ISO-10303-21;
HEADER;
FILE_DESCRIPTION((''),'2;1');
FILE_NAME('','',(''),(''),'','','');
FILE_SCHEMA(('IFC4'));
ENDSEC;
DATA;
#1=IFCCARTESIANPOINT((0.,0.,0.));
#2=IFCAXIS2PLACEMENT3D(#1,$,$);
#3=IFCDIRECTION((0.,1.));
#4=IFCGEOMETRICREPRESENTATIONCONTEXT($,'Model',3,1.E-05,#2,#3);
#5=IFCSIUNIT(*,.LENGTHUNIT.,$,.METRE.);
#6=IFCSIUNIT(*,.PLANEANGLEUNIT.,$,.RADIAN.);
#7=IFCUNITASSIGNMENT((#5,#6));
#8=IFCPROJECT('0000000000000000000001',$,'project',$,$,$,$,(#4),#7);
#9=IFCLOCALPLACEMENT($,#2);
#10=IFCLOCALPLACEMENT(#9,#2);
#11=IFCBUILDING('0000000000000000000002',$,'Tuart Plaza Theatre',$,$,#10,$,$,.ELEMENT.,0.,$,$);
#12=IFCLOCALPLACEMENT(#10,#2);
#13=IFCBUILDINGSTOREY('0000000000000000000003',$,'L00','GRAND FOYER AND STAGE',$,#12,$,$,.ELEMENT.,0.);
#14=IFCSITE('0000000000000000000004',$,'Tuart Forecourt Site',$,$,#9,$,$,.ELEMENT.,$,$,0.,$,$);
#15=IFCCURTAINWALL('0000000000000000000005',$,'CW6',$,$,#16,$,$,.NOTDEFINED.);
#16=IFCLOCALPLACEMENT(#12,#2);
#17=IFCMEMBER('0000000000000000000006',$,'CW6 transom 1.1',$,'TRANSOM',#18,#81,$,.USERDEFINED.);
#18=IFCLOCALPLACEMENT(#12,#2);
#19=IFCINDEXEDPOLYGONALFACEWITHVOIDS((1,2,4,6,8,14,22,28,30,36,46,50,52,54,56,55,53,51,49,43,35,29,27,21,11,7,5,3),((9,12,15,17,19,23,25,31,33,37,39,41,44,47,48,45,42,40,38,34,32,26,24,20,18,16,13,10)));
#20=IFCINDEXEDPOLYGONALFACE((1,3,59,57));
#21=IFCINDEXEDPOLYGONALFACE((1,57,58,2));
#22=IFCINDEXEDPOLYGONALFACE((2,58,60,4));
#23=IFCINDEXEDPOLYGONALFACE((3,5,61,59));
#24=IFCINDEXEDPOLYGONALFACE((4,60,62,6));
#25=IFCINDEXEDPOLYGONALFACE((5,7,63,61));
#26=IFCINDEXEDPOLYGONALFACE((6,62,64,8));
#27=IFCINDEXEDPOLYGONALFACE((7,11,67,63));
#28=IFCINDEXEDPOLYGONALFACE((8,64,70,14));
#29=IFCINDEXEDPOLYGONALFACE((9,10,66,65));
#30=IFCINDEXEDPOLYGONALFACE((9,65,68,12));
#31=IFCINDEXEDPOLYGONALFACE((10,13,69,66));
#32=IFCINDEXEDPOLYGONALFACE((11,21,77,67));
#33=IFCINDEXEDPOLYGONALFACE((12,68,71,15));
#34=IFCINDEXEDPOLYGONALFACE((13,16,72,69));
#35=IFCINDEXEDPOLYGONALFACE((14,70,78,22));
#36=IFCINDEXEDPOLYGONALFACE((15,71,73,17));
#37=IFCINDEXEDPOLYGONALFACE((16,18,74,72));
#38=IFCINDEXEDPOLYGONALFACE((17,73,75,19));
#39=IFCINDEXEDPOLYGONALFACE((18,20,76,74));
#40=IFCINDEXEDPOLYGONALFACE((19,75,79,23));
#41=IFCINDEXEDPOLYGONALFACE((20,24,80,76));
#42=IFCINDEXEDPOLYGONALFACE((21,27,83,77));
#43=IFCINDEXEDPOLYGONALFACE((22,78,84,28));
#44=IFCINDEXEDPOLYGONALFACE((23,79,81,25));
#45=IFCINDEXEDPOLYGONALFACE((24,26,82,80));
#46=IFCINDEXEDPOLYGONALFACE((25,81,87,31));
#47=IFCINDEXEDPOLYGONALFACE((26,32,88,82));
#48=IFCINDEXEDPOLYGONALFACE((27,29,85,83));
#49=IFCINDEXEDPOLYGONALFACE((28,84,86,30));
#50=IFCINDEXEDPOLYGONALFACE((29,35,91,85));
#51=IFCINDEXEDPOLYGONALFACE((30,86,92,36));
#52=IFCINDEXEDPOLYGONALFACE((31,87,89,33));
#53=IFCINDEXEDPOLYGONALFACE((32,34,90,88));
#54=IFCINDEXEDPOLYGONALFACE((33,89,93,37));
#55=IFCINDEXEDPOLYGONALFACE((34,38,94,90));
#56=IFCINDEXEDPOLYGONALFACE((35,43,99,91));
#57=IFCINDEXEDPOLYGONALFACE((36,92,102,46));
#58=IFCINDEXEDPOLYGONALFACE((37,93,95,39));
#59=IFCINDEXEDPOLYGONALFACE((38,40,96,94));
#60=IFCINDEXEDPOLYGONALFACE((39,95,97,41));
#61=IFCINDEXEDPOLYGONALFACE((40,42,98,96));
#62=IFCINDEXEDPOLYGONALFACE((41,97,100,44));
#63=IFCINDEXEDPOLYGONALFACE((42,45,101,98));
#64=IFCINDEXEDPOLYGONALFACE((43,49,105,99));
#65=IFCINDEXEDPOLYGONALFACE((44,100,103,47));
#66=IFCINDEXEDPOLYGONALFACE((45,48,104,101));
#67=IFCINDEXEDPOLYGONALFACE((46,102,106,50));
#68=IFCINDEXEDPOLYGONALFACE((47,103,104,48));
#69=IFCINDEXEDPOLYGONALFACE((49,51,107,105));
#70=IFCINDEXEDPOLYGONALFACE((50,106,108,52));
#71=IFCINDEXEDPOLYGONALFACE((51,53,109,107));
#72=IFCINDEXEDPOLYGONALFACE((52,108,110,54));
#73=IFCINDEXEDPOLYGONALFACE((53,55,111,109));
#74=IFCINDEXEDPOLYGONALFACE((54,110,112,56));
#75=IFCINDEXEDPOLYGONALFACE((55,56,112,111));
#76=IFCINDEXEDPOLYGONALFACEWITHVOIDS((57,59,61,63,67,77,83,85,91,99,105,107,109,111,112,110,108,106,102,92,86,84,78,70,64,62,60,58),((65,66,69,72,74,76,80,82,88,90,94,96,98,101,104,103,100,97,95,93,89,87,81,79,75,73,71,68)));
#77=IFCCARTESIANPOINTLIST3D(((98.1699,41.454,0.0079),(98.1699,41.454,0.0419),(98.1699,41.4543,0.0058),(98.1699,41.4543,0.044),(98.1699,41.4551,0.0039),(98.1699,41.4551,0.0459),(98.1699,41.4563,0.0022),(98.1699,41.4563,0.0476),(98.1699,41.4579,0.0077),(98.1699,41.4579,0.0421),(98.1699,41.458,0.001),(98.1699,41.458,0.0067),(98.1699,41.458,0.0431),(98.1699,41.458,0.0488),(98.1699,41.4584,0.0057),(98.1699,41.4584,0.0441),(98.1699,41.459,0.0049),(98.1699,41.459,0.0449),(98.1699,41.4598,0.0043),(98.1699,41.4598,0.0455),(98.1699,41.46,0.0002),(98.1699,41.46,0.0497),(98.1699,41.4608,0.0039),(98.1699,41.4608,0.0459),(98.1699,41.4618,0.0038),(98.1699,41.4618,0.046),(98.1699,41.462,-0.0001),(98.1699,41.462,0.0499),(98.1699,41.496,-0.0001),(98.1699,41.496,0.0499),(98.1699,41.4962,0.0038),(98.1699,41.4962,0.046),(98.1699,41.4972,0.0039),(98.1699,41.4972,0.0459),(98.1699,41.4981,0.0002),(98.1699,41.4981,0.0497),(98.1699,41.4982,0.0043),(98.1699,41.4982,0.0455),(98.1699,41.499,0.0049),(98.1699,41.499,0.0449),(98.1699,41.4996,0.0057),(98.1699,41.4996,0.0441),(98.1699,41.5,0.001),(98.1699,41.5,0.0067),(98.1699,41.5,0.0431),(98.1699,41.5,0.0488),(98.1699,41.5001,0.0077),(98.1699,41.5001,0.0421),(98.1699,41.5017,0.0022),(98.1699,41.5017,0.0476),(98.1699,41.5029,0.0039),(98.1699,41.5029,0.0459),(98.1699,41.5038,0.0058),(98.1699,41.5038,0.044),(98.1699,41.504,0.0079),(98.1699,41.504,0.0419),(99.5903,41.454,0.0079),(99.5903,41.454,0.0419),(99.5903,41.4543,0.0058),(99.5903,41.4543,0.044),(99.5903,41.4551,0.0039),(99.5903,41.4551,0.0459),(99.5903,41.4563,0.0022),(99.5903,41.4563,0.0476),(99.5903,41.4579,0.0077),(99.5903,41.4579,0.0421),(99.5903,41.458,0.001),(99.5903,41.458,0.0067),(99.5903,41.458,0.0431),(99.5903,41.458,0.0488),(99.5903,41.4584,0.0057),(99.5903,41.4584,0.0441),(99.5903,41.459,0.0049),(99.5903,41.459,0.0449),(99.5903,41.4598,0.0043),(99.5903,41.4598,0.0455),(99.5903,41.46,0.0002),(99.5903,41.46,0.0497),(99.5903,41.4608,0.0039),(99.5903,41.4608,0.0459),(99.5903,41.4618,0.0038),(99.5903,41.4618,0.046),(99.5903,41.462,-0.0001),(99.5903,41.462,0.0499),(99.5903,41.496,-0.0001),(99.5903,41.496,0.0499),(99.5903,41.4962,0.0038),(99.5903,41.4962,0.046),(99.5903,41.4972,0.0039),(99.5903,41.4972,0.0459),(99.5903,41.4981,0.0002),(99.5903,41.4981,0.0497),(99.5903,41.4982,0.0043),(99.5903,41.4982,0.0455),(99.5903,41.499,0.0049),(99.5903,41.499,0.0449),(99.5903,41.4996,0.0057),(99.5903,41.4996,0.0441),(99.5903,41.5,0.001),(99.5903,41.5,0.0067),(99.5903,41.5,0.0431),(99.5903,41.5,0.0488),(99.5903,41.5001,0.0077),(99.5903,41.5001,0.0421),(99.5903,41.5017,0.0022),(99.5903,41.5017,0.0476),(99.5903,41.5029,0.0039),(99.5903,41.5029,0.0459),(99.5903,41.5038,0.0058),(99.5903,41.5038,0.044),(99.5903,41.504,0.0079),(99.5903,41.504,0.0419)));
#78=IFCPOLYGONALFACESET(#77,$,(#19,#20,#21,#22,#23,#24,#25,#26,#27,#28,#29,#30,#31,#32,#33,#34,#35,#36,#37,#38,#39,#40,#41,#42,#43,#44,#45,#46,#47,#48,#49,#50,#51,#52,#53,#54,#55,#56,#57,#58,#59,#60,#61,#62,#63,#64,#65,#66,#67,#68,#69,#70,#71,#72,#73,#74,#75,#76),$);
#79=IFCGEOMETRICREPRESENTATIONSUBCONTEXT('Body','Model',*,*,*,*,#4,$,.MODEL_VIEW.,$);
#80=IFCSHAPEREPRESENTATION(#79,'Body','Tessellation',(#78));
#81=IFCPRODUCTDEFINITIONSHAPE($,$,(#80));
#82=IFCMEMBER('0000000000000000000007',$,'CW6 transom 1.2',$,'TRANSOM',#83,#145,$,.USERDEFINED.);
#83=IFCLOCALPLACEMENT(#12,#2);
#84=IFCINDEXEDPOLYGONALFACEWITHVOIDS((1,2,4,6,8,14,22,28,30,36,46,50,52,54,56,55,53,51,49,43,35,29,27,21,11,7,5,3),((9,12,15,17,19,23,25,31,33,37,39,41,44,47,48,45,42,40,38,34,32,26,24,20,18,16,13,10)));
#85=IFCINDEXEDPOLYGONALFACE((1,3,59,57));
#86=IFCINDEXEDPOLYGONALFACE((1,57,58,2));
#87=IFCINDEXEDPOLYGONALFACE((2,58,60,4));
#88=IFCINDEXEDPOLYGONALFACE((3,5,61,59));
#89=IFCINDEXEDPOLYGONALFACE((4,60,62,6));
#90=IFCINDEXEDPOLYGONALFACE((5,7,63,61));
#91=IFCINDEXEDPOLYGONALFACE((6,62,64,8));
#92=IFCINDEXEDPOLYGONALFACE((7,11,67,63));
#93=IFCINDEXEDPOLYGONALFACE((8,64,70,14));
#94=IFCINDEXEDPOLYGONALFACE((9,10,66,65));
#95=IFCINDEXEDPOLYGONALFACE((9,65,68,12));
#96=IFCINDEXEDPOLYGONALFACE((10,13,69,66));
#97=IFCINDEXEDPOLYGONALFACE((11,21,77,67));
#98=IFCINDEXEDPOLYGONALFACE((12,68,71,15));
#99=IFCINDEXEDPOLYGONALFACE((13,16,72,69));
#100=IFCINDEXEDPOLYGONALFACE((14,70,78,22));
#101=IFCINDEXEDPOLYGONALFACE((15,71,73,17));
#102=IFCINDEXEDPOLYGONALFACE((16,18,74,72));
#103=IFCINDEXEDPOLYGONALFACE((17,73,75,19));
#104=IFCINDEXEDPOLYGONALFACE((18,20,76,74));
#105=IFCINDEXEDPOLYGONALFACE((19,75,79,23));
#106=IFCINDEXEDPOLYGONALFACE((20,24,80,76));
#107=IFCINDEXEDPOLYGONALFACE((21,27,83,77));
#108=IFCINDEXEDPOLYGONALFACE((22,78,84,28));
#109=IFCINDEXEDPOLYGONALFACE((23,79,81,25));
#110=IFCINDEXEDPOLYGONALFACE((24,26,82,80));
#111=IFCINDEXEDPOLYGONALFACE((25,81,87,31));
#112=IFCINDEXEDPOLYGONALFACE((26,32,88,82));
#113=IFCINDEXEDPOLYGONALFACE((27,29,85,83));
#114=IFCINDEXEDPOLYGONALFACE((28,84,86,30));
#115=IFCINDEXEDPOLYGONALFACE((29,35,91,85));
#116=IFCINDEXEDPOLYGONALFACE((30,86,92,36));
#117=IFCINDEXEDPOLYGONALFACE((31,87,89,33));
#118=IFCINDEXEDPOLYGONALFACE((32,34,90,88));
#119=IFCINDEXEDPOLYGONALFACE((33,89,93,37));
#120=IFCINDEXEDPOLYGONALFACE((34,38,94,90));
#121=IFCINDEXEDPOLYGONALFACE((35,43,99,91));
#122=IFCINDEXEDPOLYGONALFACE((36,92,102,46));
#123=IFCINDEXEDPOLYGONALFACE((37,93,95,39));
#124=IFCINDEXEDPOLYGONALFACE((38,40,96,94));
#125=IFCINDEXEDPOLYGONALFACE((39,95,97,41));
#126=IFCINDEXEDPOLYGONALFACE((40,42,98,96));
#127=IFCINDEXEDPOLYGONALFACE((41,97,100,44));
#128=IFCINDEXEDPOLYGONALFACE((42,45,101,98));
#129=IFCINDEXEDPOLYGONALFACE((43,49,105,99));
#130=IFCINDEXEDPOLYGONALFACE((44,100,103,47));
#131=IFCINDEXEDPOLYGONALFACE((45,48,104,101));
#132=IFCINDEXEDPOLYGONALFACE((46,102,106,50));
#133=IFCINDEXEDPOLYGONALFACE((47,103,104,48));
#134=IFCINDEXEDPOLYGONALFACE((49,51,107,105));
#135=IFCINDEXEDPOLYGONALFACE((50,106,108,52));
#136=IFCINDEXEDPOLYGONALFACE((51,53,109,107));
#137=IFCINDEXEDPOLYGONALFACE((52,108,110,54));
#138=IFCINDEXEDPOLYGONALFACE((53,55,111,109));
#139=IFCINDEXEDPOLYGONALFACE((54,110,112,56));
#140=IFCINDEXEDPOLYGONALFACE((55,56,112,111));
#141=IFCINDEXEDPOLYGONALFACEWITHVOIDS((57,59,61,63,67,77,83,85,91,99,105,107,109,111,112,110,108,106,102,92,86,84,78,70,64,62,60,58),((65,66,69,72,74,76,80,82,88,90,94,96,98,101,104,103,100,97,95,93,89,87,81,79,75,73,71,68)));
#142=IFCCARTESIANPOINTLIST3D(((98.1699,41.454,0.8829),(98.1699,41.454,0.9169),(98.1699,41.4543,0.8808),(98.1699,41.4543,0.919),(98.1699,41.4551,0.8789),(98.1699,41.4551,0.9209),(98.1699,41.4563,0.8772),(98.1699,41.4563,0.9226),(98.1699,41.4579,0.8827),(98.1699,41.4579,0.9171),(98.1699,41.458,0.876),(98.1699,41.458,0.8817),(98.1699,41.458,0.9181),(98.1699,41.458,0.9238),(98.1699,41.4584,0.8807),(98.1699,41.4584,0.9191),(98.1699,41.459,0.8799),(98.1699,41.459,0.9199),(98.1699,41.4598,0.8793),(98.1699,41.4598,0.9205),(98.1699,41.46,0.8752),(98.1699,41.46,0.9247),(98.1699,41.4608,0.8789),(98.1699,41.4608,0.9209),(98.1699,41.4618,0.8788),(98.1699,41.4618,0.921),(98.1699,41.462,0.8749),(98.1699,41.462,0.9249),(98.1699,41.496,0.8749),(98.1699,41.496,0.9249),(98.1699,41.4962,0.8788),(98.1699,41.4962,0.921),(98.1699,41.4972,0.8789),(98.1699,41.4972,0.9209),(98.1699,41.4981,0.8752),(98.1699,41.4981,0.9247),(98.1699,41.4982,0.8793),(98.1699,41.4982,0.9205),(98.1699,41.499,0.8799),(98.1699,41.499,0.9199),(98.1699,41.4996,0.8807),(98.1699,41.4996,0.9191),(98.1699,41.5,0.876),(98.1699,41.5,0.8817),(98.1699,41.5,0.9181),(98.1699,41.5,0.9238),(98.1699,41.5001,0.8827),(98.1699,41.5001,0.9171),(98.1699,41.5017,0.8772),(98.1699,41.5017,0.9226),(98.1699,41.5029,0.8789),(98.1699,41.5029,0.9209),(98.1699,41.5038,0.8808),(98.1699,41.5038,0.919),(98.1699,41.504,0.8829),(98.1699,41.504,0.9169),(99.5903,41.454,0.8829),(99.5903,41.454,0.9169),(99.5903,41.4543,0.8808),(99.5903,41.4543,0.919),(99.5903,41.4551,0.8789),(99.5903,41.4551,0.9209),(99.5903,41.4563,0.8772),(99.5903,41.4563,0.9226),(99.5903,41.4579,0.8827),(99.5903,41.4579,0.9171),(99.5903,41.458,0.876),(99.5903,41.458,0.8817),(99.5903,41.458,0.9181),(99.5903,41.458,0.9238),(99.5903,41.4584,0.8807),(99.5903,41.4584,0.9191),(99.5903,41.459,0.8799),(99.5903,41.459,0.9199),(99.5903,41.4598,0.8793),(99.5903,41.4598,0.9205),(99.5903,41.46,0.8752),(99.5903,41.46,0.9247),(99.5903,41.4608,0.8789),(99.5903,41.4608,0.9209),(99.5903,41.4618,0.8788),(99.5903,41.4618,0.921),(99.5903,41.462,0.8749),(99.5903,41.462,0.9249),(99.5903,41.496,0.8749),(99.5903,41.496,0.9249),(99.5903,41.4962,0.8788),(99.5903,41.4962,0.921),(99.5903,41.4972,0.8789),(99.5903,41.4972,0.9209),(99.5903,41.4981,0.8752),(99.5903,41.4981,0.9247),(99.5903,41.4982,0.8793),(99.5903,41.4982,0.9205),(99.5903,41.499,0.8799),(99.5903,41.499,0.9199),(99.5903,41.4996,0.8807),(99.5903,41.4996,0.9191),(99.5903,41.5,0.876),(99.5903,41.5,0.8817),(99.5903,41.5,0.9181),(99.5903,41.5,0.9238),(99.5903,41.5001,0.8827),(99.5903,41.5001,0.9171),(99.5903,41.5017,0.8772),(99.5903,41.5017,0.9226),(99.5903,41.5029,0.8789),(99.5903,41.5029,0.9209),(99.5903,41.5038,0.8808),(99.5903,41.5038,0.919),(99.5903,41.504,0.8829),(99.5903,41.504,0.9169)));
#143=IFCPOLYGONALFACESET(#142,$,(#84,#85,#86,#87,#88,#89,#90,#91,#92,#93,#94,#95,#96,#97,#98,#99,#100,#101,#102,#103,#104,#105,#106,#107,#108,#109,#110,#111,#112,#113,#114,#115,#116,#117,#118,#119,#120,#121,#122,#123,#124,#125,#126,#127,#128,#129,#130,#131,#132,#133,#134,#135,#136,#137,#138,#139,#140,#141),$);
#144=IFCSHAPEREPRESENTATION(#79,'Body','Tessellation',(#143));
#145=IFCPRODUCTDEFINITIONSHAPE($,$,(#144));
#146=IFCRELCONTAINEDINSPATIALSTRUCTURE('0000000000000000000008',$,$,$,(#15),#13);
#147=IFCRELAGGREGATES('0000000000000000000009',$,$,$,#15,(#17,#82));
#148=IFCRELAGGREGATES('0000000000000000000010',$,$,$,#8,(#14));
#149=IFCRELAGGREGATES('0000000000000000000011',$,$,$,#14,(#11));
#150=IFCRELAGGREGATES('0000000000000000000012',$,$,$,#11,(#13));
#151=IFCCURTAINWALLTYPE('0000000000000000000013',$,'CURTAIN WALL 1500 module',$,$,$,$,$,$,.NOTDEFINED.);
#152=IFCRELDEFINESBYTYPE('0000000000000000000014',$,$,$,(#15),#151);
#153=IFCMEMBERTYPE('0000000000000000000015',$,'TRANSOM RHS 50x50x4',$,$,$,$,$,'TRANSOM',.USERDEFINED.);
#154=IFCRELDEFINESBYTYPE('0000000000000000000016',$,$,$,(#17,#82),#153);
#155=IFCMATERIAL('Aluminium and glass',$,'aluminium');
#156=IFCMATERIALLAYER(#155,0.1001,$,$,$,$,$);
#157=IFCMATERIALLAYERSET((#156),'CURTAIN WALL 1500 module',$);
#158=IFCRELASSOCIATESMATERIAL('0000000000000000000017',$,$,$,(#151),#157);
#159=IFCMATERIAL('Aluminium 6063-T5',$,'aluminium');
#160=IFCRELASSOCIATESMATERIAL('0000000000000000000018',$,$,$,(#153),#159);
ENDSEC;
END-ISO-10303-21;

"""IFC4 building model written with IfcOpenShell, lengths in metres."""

from ifc_helpers import new_model, si_unit, direction, frame, origin, origin_2d, place, context, subcontext, project, spatial, hollow_rectangle, extrude, material, layer, layer_set, material_profile, profile_set, type_object, element, aggregate, save


model = new_model("IFC4")

# Units and contexts
model_context = context("Model", 3, precision=1e-05, world=origin(), true_north=direction((0.0, 1.0)))
body_context = subcontext(model_context, "Body", "Model", "MODEL_VIEW")
ifc_project = project(units=[si_unit("LENGTHUNIT", "METRE"), si_unit("PLANEANGLEUNIT", "RADIAN")], contexts=[model_context])

# Site, building, storey
site_placement = place(None, origin())
site = spatial("IfcSite", under=ifc_project, at=site_placement, Name="Tuart Forecourt Site", CompositionType="ELEMENT", RefElevation=0.0)
building_placement = place(site_placement, origin())
building = spatial("IfcBuilding", under=site, at=building_placement, Name="Tuart Plaza Theatre", CompositionType="ELEMENT", ElevationOfRefHeight=0.0)
storey_placement = place(building_placement, origin())
storey = spatial("IfcBuildingStorey", under=building, at=storey_placement, Name="L00", Description="GRAND FOYER AND STAGE", CompositionType="ELEMENT", Elevation=0.0)

# Curtain wall, members
ifc_material_1 = material(Name="Aluminium and glass", Category="aluminium")
ifc_layer_1 = layer(ifc_material_1, 0.1001)
ifc_layer_set_1 = layer_set([ifc_layer_1], Name="CURTAIN WALL 1500 module")
curtain_wall_type = type_object("IfcCurtainWallType", Name="CURTAIN WALL 1500 module", PredefinedType="NOTDEFINED", material=ifc_layer_set_1)
curtain_wall_placement = place(storey_placement, origin())
curtain_wall = element("IfcCurtainWall", 1, at=curtain_wall_placement, inside=storey, type_object=curtain_wall_type, Name="CW6", PredefinedType="NOTDEFINED")
ifc_material_2 = material(Name="Aluminium 6063-T5", Category="aluminium")
ifc_material_profile_1 = material_profile(ifc_material_2, hollow_rectangle(XDim=0.05, YDim=0.05, WallThickness=0.0039, InnerFilletRadius=0.0039, OuterFilletRadius=0.0081, at=origin_2d()), Name="RHS 50x50x4")
ifc_profile_set_1 = profile_set([ifc_material_profile_1], Name="Aluminium 6063-T5")
member_type_1 = type_object("IfcMemberType", Name="TRANSOM RHS 50x50x4", ElementType="TRANSOM", PredefinedType="USERDEFINED", material=ifc_profile_set_1)
member_1_placement = place(storey_placement, frame((98.1699, 41.479, 0.0249), z_axis=(1.0, 0.0, 0.0), x_axis=(0.0, 1.0, 0.0)))
member_1 = element("IfcMember", 2, at=member_1_placement, type_object=member_type_1, Name="CW6 transom 1.1", ObjectType="TRANSOM", PredefinedType="USERDEFINED", context=body_context, shape_type="SweptSolid", body=[
    extrude(hollow_rectangle(XDim=0.05, YDim=0.05, WallThickness=0.0039, InnerFilletRadius=0.0039, OuterFilletRadius=0.0081, at=origin_2d()), origin(), (0.0, 0.0, 1.0), 1.4204),
])
member_2_placement = place(storey_placement, frame((98.1699, 41.479, 0.8999), z_axis=(1.0, 0.0, 0.0), x_axis=(0.0, 1.0, 0.0)))
member_2 = element("IfcMember", 3, at=member_2_placement, type_object=member_type_1, Name="CW6 transom 1.2", ObjectType="TRANSOM", PredefinedType="USERDEFINED", context=body_context, shape_type="SweptSolid", body=[
    extrude(hollow_rectangle(XDim=0.05, YDim=0.05, WallThickness=0.0039, InnerFilletRadius=0.0039, OuterFilletRadius=0.0081, at=origin_2d()), origin(), (0.0, 0.0, 1.0), 1.4204),
])
aggregate(curtain_wall, [member_1, member_2])

save(model, "model.ifc")
